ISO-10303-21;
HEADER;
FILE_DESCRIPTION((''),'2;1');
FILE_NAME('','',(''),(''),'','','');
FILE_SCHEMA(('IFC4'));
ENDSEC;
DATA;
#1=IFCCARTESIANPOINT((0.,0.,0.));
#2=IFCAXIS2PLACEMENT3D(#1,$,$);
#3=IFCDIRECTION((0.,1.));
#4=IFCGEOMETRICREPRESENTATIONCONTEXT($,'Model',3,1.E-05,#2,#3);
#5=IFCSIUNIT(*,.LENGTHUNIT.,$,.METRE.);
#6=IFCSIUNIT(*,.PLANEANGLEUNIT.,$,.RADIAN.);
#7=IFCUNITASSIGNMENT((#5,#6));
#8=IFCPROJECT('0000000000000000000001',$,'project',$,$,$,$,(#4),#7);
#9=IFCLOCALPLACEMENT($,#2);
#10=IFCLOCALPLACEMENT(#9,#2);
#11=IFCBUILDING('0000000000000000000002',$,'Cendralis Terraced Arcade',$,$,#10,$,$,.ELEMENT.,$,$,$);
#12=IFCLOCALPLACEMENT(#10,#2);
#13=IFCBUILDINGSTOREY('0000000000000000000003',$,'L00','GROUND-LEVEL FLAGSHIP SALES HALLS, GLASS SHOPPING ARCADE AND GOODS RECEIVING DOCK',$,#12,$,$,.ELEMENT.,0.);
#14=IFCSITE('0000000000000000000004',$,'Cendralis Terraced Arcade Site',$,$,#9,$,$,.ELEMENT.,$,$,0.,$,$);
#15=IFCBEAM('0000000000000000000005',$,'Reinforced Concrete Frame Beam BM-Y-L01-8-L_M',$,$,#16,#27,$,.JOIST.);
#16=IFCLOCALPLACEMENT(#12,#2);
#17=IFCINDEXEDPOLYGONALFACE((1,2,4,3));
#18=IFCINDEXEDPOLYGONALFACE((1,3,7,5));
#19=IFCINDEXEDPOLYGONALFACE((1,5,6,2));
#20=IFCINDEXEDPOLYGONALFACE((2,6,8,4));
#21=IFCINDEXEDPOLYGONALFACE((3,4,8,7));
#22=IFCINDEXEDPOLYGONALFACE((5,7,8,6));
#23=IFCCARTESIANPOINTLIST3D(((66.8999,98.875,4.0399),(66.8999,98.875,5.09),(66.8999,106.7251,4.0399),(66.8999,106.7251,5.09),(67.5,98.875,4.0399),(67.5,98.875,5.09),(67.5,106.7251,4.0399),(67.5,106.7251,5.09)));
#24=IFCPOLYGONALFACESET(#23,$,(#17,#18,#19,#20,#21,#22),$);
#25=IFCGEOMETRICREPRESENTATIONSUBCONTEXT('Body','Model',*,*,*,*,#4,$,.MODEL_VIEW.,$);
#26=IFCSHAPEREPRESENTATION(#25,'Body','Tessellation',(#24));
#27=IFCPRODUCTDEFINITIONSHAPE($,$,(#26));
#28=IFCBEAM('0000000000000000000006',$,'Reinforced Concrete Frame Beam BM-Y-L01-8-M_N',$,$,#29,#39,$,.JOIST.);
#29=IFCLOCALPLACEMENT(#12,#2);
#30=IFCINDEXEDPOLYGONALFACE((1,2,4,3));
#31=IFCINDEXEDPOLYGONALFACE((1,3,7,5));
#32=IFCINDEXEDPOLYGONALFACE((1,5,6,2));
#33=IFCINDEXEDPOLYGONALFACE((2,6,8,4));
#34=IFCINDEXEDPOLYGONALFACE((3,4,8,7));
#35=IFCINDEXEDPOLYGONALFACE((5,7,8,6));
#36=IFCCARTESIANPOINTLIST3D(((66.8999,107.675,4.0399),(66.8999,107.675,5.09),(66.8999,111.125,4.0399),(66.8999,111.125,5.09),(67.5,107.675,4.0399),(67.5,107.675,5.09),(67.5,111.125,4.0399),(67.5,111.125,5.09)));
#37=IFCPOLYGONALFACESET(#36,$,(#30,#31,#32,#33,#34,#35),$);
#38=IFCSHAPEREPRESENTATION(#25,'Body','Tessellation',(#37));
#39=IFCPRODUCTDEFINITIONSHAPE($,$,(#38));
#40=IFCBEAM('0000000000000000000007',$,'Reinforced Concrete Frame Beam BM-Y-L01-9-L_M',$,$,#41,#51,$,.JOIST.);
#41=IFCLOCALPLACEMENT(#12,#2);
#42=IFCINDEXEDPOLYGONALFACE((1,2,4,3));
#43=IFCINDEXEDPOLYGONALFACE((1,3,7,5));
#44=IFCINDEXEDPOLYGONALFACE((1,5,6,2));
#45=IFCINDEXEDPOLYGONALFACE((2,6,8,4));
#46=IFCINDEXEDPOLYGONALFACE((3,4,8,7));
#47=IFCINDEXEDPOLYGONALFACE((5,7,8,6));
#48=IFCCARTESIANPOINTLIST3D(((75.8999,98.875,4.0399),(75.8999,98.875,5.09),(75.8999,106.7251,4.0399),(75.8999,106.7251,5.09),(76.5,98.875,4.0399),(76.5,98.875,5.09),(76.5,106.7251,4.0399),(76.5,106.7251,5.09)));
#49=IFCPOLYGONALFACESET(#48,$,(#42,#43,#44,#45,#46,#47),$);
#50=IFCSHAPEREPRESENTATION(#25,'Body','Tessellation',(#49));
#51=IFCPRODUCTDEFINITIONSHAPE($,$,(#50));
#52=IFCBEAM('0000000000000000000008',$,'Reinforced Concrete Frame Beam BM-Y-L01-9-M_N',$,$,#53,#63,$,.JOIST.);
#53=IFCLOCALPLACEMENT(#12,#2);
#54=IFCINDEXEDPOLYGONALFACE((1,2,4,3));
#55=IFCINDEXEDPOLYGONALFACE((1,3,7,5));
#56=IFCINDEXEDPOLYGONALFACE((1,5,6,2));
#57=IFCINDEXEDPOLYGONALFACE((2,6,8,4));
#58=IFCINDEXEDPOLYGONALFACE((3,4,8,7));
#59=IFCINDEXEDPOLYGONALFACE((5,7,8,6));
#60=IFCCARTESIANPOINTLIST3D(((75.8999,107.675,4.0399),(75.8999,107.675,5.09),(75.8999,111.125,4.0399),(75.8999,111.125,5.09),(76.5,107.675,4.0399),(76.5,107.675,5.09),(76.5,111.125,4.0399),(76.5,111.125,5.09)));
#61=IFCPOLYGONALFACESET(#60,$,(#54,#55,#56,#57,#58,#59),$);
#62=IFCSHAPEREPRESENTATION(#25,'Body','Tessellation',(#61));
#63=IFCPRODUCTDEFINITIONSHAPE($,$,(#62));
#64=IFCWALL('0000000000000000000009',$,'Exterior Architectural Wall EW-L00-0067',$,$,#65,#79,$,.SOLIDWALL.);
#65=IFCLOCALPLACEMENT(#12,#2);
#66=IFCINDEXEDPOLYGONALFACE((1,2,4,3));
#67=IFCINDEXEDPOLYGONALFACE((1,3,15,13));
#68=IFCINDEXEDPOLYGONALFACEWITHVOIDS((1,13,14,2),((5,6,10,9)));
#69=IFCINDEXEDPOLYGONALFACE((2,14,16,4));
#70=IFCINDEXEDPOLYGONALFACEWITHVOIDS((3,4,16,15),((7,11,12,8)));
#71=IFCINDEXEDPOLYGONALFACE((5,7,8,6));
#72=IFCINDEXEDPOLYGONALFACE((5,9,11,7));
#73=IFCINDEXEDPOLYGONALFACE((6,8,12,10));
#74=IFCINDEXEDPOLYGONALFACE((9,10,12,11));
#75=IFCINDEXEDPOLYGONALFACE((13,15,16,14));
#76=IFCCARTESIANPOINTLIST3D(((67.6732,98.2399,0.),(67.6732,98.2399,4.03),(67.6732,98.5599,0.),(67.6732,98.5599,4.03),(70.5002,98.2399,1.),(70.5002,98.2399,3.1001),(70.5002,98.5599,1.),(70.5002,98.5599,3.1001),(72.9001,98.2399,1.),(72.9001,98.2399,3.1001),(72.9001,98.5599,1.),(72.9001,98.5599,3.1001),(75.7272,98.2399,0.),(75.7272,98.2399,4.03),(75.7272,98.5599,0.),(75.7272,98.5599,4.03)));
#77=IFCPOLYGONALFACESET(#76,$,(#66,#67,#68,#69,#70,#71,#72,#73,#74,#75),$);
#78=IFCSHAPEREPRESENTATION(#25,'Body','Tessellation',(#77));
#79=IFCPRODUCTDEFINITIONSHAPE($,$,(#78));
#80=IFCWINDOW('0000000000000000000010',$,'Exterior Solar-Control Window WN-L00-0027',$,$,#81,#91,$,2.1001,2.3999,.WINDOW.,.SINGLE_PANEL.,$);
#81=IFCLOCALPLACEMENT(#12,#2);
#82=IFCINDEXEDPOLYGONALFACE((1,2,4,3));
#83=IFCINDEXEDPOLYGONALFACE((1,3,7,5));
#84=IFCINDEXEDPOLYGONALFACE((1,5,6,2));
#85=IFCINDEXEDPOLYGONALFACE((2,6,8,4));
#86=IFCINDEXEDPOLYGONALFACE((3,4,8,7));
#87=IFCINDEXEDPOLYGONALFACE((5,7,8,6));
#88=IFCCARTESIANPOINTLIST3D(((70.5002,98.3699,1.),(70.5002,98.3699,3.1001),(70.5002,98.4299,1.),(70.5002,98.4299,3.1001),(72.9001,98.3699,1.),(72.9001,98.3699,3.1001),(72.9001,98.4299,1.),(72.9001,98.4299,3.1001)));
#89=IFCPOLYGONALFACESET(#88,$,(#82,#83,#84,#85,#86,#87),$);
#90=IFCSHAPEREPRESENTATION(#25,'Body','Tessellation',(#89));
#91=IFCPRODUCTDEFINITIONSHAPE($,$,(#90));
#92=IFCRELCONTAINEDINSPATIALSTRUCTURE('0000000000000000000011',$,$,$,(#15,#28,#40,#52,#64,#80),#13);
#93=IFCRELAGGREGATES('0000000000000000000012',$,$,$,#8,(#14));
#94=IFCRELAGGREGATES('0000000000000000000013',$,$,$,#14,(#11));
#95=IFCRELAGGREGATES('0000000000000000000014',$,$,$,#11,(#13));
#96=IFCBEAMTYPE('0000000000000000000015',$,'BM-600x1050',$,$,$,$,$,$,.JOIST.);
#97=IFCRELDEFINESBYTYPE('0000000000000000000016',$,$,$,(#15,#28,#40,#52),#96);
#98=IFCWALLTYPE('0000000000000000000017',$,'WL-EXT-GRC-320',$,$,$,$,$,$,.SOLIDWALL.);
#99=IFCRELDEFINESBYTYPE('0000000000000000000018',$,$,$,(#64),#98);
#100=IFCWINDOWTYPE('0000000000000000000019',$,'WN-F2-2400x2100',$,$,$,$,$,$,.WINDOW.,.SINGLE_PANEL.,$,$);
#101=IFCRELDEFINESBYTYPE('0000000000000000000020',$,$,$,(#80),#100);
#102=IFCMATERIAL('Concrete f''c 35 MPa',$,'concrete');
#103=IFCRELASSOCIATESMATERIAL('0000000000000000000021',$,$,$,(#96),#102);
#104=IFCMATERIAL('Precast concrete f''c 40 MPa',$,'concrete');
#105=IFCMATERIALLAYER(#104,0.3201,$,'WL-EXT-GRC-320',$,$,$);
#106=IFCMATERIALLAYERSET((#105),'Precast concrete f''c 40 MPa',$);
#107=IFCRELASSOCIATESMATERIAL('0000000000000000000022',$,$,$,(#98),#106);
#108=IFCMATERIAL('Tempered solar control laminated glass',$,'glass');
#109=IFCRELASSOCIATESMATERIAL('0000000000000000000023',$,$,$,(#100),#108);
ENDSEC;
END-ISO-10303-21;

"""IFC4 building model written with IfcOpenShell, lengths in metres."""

from ifc_helpers import new_model, si_unit, direction, frame, frame_2d, origin, origin_2d, place, context, subcontext, project, spatial, rectangle, extrude, material, layer, layer_set, material_profile, profile_set, type_object, element, fill, save


model = new_model("IFC4")

# Units and contexts
model_context = context("Model", 3, precision=1e-05, world=origin(), true_north=direction((0.0, 1.0)))
body_context = subcontext(model_context, "Body", "Model", "MODEL_VIEW")
ifc_project = project(units=[si_unit("LENGTHUNIT", "METRE"), si_unit("PLANEANGLEUNIT", "RADIAN")], contexts=[model_context])

# Site, building, storey
site_placement = place(None, origin())
site = spatial("IfcSite", under=ifc_project, at=site_placement, Name="Cendralis Terraced Arcade Site", CompositionType="ELEMENT", RefElevation=0.0)
building_placement = place(site_placement, origin())
building = spatial("IfcBuilding", under=site, at=building_placement, Name="Cendralis Terraced Arcade", CompositionType="ELEMENT")
storey_placement = place(building_placement, origin())
storey = spatial("IfcBuildingStorey", under=building, at=storey_placement, Name="L00", Description="GROUND-LEVEL FLAGSHIP SALES HALLS, GLASS SHOPPING ARCADE AND GOODS RECEIVING DOCK", CompositionType="ELEMENT", Elevation=0.0)

# Shared definitions
ifc_material_1 = material(Name="Concrete f'c 35 MPa", Category="concrete")

# Beams
ifc_material_profile_1 = material_profile(ifc_material_1, rectangle(XDim=0.6001, YDim=1.05, at=origin_2d()), Name="RC-BM-600x1050", Category="LoadBearing")
ifc_profile_set_1 = profile_set([ifc_material_profile_1], Name="Concrete f'c 35 MPa")
beam_type = type_object("IfcBeamType", Name="BM-600x1050", PredefinedType="JOIST", material=ifc_profile_set_1)
beam_1_placement = place(storey_placement, frame((67.2, 98.875, 4.5649), z_axis=(0.0, 1.0, 0.0), x_axis=(-1.0, 0.0, 0.0)))
element("IfcBeam", 1, at=beam_1_placement, inside=storey, type_object=beam_type, Name="Reinforced Concrete Frame Beam BM-Y-L01-8-L_M", PredefinedType="JOIST", context=body_context, shape_type="SweptSolid", body=[
    extrude(rectangle(XDim=0.6001, YDim=1.05, at=origin_2d()), origin(), (0.0, 0.0, 1.0), 7.8501),
])
beam_2_placement = place(storey_placement, frame((67.2, 107.675, 4.5649), z_axis=(0.0, 1.0, 0.0), x_axis=(-1.0, 0.0, 0.0)))
element("IfcBeam", 2, at=beam_2_placement, inside=storey, type_object=beam_type, Name="Reinforced Concrete Frame Beam BM-Y-L01-8-M_N", PredefinedType="JOIST", context=body_context, shape_type="SweptSolid", body=[
    extrude(rectangle(XDim=0.6001, YDim=1.05, at=origin_2d()), origin(), (0.0, 0.0, 1.0), 3.45),
])
beam_3_placement = place(storey_placement, frame((76.2, 98.875, 4.5649), z_axis=(0.0, 1.0, 0.0), x_axis=(-1.0, 0.0, 0.0)))
element("IfcBeam", 3, at=beam_3_placement, inside=storey, type_object=beam_type, Name="Reinforced Concrete Frame Beam BM-Y-L01-9-L_M", PredefinedType="JOIST", context=body_context, shape_type="SweptSolid", body=[
    extrude(rectangle(XDim=0.6001, YDim=1.05, at=origin_2d()), origin(), (0.0, 0.0, 1.0), 7.8501),
])
beam_4_placement = place(storey_placement, frame((76.2, 107.675, 4.5649), z_axis=(0.0, 1.0, 0.0), x_axis=(-1.0, 0.0, 0.0)))
element("IfcBeam", 4, at=beam_4_placement, inside=storey, type_object=beam_type, Name="Reinforced Concrete Frame Beam BM-Y-L01-9-M_N", PredefinedType="JOIST", context=body_context, shape_type="SweptSolid", body=[
    extrude(rectangle(XDim=0.6001, YDim=1.05, at=origin_2d()), origin(), (0.0, 0.0, 1.0), 3.45),
])

# Wall, opening, window
ifc_material_2 = material(Name="Precast concrete f'c 40 MPa", Category="concrete")
ifc_layer = layer(ifc_material_2, 0.3201, Name="WL-EXT-GRC-320")
ifc_layer_set = layer_set([ifc_layer], Name="Precast concrete f'c 40 MPa")
wall_type = type_object("IfcWallType", Name="WL-EXT-GRC-320", PredefinedType="SOLIDWALL", material=ifc_layer_set)
wall_placement = place(storey_placement, frame((75.7271, 98.3999, 0.0), z_axis=(0.0, 0.0, 1.0), x_axis=(-1.0, 0.0, 0.0)))
wall = element("IfcWall", 5, at=wall_placement, inside=storey, type_object=wall_type, Name="Exterior Architectural Wall EW-L00-0067", PredefinedType="SOLIDWALL", context=body_context, shape_type="SweptSolid", body=[
    extrude(rectangle(XDim=8.054, YDim=0.3201, at=frame_2d((4.0269, 0.0))), origin(), (0.0, 0.0, 1.0), 4.03),
])
opening_placement = place(wall_placement, frame((2.8269, 0.0, 1.0)))
opening = element("IfcOpeningElement", 6, at=opening_placement, cuts=wall, PredefinedType="OPENING", context=body_context, shape_type="SweptSolid", body=[
    extrude(rectangle(XDim=2.3999, YDim=2.1001, at=frame_2d((1.2, 1.05))), frame((0.0, 0.1719, 0.0), z_axis=(0.0, -1.0, 0.0), x_axis=(1.0, 0.0, 0.0)), (0.0, 0.0, 1.0), 0.344),
])
ifc_material_3 = material(Name="Tempered solar control laminated glass", Category="glass")
window_type = type_object("IfcWindowType", Name="WN-F2-2400x2100", PartitioningType="SINGLE_PANEL", PredefinedType="WINDOW", material=ifc_material_3)
window_placement = place(opening_placement, origin())
window = element("IfcWindow", 7, at=window_placement, inside=storey, type_object=window_type, Name="Exterior Solar-Control Window WN-L00-0027", OverallHeight=2.1001, OverallWidth=2.3999, PartitioningType="SINGLE_PANEL", PredefinedType="WINDOW", context=body_context, shape_type="SweptSolid", body=[
    extrude(rectangle(XDim=2.3999, YDim=2.1001, at=frame_2d((1.2, 1.05))), frame((0.0, 0.03, 0.0), z_axis=(0.0, -1.0, 0.0), x_axis=(1.0, 0.0, 0.0)), (0.0, 0.0, 1.0), 0.0601),
])
fill(opening, window)

save(model, "model.ifc")
